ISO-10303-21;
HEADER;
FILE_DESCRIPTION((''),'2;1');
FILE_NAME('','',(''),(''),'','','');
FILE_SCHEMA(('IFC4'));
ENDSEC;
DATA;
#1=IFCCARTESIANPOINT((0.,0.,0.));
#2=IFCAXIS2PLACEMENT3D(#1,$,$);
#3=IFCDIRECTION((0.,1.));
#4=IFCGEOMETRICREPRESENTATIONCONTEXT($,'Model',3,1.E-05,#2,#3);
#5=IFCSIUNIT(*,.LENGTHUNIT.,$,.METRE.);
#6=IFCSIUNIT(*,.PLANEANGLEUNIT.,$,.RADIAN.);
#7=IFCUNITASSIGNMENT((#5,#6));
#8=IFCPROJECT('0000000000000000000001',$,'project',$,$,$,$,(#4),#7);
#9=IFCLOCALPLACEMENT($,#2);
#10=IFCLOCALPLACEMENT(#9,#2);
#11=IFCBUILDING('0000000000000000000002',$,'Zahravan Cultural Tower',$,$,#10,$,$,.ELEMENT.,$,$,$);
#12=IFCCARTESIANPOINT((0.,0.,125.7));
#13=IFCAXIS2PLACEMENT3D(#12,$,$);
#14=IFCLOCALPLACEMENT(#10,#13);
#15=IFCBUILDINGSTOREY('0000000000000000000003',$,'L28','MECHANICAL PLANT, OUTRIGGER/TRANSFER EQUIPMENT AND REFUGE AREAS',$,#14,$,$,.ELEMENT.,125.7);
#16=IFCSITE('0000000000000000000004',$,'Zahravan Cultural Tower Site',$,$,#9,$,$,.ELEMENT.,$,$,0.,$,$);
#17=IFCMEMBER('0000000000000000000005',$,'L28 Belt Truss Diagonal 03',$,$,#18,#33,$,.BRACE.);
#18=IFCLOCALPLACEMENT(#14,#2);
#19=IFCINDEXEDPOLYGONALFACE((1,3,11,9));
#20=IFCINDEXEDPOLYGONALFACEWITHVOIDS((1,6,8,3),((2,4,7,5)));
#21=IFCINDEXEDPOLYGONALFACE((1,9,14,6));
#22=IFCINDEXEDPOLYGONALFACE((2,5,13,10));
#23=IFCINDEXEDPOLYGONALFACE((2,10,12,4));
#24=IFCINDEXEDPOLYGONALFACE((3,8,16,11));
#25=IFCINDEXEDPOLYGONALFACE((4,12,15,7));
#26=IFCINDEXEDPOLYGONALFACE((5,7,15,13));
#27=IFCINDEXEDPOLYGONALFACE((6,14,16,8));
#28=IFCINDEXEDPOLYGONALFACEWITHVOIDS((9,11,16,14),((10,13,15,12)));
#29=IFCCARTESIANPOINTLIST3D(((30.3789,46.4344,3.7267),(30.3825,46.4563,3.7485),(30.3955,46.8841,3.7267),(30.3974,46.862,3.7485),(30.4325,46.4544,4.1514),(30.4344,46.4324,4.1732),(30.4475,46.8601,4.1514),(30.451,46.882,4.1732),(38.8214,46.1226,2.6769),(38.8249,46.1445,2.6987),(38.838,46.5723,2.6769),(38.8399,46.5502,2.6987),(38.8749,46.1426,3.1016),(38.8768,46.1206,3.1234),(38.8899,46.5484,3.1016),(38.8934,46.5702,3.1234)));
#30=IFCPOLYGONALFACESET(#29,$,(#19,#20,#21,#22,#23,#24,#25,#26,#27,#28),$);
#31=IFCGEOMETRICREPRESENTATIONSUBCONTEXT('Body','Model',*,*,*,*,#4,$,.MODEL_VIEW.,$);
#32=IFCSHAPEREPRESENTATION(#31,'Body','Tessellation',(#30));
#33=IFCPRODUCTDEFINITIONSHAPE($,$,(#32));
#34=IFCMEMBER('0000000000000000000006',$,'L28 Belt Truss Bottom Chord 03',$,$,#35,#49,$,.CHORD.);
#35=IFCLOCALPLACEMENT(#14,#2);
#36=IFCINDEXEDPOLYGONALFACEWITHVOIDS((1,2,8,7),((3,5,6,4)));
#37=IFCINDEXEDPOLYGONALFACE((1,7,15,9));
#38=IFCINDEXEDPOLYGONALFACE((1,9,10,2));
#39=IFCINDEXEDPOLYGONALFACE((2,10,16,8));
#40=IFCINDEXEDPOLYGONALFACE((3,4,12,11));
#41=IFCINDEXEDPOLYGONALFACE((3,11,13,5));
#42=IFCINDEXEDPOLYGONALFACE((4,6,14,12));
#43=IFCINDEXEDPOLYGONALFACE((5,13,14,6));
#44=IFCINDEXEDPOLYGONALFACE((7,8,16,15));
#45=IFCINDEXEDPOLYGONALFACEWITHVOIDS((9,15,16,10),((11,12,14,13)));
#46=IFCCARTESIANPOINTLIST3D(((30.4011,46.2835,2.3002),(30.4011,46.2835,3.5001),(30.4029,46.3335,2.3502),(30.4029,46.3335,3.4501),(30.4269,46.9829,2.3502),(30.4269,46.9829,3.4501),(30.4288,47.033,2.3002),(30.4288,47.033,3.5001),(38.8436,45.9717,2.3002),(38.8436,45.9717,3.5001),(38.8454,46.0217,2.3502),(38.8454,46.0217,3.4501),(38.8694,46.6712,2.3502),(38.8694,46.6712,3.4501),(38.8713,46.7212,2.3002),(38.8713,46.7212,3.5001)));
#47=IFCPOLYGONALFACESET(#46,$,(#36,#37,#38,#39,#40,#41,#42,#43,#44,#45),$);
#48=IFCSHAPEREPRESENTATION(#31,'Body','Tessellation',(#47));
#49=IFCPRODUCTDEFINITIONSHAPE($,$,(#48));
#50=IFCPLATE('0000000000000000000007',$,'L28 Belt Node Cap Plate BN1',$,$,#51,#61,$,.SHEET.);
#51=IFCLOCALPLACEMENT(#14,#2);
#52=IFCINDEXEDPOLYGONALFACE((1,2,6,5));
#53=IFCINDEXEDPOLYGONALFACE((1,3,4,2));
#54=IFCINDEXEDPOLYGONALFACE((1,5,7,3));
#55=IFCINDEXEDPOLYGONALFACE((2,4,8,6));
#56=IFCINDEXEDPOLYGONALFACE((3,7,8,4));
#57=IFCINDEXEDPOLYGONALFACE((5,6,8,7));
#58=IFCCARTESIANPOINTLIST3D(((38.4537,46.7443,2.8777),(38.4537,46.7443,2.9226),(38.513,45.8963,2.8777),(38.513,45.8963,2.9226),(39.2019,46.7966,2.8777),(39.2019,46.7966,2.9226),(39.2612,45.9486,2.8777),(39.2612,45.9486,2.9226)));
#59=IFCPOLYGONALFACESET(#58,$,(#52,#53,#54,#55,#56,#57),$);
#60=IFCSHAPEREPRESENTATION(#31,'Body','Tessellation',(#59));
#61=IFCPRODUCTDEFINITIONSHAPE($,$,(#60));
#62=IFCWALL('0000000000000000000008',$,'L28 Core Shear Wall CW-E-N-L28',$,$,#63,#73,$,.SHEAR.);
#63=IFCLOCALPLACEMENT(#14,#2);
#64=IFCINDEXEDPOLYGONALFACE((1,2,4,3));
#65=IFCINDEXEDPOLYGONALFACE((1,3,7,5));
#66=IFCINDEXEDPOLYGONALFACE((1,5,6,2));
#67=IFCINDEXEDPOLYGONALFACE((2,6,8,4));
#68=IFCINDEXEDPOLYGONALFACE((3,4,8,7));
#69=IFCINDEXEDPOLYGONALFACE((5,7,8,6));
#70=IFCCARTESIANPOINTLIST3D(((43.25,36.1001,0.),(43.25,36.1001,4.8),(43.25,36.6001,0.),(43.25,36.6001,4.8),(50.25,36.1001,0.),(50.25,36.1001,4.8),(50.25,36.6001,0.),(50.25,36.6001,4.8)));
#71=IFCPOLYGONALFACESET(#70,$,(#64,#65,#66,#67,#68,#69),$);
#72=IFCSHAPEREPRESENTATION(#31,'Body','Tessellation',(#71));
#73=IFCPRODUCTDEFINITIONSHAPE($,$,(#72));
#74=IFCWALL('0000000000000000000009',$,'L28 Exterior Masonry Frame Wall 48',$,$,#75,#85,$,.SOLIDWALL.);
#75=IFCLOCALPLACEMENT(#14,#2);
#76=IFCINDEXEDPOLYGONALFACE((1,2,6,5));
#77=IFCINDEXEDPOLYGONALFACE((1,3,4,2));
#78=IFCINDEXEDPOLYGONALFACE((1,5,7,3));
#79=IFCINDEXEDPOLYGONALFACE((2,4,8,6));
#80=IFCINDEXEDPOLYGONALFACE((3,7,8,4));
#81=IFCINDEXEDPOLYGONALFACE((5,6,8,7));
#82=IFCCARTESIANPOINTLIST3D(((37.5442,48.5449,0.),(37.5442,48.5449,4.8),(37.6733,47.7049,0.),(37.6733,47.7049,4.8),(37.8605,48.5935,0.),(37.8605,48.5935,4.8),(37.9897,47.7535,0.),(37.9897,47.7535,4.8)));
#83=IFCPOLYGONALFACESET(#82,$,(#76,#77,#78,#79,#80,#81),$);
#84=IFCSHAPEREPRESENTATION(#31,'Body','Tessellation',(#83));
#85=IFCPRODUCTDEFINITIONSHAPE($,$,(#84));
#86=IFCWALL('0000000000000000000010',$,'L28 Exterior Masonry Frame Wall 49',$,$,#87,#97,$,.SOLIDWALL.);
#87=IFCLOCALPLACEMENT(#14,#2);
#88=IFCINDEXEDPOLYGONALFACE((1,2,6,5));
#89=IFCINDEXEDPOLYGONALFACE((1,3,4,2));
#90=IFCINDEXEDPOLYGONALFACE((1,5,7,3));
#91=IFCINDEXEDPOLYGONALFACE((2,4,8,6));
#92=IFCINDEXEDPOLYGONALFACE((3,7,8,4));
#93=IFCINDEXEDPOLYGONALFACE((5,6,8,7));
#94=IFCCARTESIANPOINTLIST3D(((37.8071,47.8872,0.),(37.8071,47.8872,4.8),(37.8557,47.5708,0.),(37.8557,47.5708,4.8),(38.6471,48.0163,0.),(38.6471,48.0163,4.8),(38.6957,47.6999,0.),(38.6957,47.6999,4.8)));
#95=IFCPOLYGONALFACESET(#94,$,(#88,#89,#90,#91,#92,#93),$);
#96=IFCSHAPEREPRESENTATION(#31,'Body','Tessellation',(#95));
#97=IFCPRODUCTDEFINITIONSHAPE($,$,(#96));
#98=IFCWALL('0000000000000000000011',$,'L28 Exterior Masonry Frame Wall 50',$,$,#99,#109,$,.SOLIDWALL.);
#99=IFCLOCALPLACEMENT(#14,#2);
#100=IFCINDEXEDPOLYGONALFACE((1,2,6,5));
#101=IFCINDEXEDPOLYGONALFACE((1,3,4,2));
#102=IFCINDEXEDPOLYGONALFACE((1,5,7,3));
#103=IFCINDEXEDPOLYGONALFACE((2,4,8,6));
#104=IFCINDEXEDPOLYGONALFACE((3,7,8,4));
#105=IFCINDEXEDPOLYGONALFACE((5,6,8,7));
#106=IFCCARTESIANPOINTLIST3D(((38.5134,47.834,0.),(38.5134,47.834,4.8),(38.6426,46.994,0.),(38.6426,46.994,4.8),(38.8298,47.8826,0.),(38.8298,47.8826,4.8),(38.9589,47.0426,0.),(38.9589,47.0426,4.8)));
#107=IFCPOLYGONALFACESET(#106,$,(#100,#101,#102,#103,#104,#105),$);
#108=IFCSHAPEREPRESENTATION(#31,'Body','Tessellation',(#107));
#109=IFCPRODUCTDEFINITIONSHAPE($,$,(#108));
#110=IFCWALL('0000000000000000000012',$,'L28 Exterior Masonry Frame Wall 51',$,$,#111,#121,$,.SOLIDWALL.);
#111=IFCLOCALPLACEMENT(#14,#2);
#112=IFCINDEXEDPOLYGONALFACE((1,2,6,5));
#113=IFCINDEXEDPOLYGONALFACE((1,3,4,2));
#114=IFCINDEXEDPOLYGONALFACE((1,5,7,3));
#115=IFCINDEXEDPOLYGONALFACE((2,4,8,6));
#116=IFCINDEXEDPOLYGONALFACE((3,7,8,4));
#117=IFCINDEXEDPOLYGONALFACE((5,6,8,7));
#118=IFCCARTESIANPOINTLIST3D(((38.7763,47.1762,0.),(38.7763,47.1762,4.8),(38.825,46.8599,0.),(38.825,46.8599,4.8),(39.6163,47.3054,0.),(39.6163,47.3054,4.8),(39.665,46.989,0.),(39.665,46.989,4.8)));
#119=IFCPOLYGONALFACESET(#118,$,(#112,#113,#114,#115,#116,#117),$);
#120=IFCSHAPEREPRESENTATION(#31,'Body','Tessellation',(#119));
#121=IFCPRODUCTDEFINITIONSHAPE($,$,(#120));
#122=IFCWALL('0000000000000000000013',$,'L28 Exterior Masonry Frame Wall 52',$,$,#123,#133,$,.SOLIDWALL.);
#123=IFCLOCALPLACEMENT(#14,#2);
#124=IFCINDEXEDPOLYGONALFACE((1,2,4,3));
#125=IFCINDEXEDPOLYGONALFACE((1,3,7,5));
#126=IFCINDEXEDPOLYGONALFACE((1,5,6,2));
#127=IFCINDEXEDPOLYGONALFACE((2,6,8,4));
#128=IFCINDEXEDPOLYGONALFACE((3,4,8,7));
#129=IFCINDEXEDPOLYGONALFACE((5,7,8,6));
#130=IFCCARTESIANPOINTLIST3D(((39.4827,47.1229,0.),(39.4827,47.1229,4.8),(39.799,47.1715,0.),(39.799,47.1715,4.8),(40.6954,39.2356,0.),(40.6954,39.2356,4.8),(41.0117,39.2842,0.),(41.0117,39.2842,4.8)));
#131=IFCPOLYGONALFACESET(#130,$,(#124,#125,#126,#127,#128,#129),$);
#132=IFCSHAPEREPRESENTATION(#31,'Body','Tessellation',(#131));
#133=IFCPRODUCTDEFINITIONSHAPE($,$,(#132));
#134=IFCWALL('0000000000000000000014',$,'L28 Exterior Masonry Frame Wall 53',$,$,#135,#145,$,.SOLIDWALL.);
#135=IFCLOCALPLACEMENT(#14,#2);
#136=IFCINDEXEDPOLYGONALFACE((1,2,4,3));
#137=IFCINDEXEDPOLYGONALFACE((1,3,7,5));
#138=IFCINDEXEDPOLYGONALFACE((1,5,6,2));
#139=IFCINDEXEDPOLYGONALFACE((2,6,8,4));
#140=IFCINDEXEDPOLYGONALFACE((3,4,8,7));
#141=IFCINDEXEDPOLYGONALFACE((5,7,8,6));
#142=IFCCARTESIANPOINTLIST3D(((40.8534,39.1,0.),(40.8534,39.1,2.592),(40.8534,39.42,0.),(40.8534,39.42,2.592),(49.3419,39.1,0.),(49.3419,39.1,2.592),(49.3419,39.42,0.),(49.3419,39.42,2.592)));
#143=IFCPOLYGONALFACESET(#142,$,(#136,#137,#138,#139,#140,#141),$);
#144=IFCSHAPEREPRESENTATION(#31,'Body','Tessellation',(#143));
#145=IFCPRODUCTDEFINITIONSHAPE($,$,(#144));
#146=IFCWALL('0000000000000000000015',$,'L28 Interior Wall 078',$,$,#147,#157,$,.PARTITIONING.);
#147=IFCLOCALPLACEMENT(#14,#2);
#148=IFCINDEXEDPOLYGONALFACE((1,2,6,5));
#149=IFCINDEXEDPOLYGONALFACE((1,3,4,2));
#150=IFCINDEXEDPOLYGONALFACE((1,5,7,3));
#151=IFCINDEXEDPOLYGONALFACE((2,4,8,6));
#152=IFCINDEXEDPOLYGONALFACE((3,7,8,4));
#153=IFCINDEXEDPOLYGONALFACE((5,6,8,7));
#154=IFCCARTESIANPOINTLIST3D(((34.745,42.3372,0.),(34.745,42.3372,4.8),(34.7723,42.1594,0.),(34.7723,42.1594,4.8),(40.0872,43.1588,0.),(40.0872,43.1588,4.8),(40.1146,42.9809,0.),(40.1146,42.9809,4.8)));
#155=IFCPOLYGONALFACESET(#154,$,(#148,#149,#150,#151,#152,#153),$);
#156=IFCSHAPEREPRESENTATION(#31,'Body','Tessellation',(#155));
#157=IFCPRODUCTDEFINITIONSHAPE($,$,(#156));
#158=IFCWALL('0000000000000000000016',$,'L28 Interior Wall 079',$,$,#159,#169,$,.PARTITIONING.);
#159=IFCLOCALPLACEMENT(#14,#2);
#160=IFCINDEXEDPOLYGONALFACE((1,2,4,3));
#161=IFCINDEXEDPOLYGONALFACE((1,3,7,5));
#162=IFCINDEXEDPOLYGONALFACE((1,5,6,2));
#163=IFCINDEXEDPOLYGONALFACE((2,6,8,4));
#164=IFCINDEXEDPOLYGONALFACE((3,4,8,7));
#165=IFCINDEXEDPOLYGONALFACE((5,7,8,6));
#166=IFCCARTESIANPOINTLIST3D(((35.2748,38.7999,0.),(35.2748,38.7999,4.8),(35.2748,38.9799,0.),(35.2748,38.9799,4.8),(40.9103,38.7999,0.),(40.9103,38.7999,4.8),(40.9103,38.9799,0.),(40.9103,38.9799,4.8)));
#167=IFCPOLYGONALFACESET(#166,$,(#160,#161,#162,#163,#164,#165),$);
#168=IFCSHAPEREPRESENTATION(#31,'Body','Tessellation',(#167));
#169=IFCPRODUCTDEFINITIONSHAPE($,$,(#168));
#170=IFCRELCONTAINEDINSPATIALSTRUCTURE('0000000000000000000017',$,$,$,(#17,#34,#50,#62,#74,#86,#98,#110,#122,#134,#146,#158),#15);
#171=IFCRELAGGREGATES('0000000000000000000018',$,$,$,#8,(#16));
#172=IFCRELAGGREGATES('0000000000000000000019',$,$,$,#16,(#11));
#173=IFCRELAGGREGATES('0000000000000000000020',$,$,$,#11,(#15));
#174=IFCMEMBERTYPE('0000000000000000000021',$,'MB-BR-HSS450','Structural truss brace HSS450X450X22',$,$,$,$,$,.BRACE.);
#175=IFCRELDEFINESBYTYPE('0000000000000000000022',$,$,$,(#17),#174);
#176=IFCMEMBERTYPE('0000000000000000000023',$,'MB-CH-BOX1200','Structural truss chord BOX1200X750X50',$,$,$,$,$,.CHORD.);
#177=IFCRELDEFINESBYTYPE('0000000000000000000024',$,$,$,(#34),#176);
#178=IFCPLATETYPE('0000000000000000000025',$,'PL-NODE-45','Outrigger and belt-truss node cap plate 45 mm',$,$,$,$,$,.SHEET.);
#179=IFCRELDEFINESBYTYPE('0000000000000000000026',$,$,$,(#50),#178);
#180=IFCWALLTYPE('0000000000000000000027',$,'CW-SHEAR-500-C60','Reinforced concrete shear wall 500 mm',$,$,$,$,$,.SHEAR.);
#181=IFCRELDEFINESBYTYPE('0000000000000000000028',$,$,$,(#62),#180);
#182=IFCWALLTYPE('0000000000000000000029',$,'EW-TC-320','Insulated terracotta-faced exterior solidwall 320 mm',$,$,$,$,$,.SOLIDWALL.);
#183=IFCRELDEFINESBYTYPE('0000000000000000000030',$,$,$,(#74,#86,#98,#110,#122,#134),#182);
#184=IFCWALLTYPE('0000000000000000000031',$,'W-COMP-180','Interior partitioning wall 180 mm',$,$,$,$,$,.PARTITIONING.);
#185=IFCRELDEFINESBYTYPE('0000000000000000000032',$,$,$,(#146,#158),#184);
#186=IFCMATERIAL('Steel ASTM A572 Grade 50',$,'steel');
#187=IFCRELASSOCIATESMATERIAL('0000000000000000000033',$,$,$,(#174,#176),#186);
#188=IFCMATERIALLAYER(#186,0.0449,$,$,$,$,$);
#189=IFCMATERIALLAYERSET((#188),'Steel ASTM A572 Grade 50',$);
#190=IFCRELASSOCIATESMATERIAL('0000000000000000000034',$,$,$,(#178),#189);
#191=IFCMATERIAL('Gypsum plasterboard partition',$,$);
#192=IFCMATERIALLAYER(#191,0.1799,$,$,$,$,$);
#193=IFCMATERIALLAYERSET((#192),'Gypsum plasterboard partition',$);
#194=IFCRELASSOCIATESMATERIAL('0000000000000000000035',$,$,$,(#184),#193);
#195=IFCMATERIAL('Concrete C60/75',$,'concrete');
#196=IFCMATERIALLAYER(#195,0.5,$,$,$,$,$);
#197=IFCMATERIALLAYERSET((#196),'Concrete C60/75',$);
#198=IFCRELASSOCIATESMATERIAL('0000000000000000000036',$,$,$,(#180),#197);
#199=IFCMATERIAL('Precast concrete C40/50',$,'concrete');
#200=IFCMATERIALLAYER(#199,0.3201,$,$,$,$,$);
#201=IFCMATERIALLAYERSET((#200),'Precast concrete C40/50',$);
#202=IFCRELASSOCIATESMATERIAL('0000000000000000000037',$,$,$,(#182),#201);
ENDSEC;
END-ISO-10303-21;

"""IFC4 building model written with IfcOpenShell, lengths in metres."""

from ifc_helpers import new_model, si_unit, direction, frame, frame_2d, origin, origin_2d, place, context, subcontext, project, spatial, rectangle, hollow_rectangle, extrude, source, transform, mapped, material, layer, layer_set, material_profile, profile_set, type_object, element, save


model = new_model("IFC4")

# Units and contexts
model_context = context("Model", 3, precision=1e-05, world=origin(), true_north=direction((0.0, 1.0)))
body_context = subcontext(model_context, "Body", "Model", "MODEL_VIEW")
ifc_project = project(units=[si_unit("LENGTHUNIT", "METRE"), si_unit("PLANEANGLEUNIT", "RADIAN")], contexts=[model_context])

# Site, building, storey
site_placement = place(None, origin())
site = spatial("IfcSite", under=ifc_project, at=site_placement, Name="Zahravan Cultural Tower Site", CompositionType="ELEMENT", RefElevation=0.0)
building_placement = place(site_placement, origin())
building = spatial("IfcBuilding", under=site, at=building_placement, Name="Zahravan Cultural Tower", CompositionType="ELEMENT")
storey_placement = place(building_placement, frame((0.0, 0.0, 125.7)))
storey = spatial("IfcBuildingStorey", under=building, at=storey_placement, Name="L28", Description="MECHANICAL PLANT, OUTRIGGER/TRANSFER EQUIPMENT AND REFUGE AREAS", CompositionType="ELEMENT", Elevation=125.7)

# Members
ifc_material_1 = material(Name="Steel ASTM A572 Grade 50", Category="steel")
ifc_material_profile_1 = material_profile(ifc_material_1, hollow_rectangle(XDim=0.45, YDim=0.45, WallThickness=0.022, at=origin_2d()), Name="HSS450X450X22")
ifc_profile_set_1 = profile_set([ifc_material_profile_1], Name="Steel ASTM A572 Grade 50")
member_type_1 = type_object("IfcMemberType", Name="MB-BR-HSS450", Description="Structural truss brace HSS450X450X22", PredefinedType="BRACE", material=ifc_profile_set_1)
shared_shape_1 = source(origin(), body_context, "Body", "SweptSolid", [
    extrude(hollow_rectangle(XDim=0.45, YDim=0.45, WallThickness=0.022, at=origin_2d()), origin(), (0.0, 0.0, 1.0), 8.5132),
])
member_1_placement = place(storey_placement, frame((38.8574, 46.3464, 2.9001), z_axis=(-0.991691, 0.036622, 0.123316), x_axis=(-0.036904, -0.999319, 0.0)))
element("IfcMember", 1, at=member_1_placement, inside=storey, type_object=member_type_1, Name="L28 Belt Truss Diagonal 03", PredefinedType="BRACE", context=body_context, shape_type="MappedRepresentation", body=[
    mapped(shared_shape_1, transform((0.0, 0.0, 0.0), x_axis=(1.0, 0.0, 0.0), y_axis=(0.0, 1.0, 0.0), z_axis=(0.0, 0.0, 1.0), scale=1.0)),
])
ifc_material_profile_2 = material_profile(ifc_material_1, hollow_rectangle(XDim=0.75, YDim=1.2, WallThickness=0.05, at=origin_2d()), Name="BOX1200X750X50")
ifc_profile_set_2 = profile_set([ifc_material_profile_2], Name="Steel ASTM A572 Grade 50")
member_type_2 = type_object("IfcMemberType", Name="MB-CH-BOX1200", Description="Structural truss chord BOX1200X750X50", PredefinedType="CHORD", material=ifc_profile_set_2)
shared_shape_2 = source(origin(), body_context, "Body", "SweptSolid", [
    extrude(hollow_rectangle(XDim=0.75, YDim=1.2, WallThickness=0.05, at=origin_2d()), origin(), (0.0, 0.0, 1.0), 8.4482),
])
member_2_placement = place(storey_placement, frame((38.8574, 46.3464, 2.9001), z_axis=(-0.999319, 0.036904, 0.0), x_axis=(-0.036904, -0.999319, 0.0)))
element("IfcMember", 2, at=member_2_placement, inside=storey, type_object=member_type_2, Name="L28 Belt Truss Bottom Chord 03", PredefinedType="CHORD", context=body_context, shape_type="MappedRepresentation", body=[
    mapped(shared_shape_2, transform((0.0, 0.0, 0.0), x_axis=(1.0, 0.0, 0.0), y_axis=(0.0, 1.0, 0.0), z_axis=(0.0, 0.0, 1.0), scale=1.0)),
])

# Plate
ifc_layer_1 = layer(ifc_material_1, 0.0449)
ifc_layer_set_1 = layer_set([ifc_layer_1], Name="Steel ASTM A572 Grade 50")
plate_type = type_object("IfcPlateType", Name="PL-NODE-45", Description="Outrigger and belt-truss node cap plate 45 mm", PredefinedType="SHEET", material=ifc_layer_set_1)
shared_shape_3 = source(origin(), body_context, "Body", "SweptSolid", [
    extrude(rectangle(XDim=0.8501, YDim=0.75, at=origin_2d()), origin(), (0.0, 0.0, 1.0), 0.0449),
])
plate_placement = place(storey_placement, frame((38.8574, 46.3464, 2.8777), z_axis=(0.0, 0.0, 1.0), x_axis=(-0.069756, 0.997564, 0.0)))
element("IfcPlate", 3, at=plate_placement, inside=storey, type_object=plate_type, Name="L28 Belt Node Cap Plate BN1", PredefinedType="SHEET", context=body_context, shape_type="MappedRepresentation", body=[
    mapped(shared_shape_3, transform((0.0, 0.0, 0.0), x_axis=(1.0, 0.0, 0.0), y_axis=(0.0, 1.0, 0.0), z_axis=(0.0, 0.0, 1.0), scale=1.0)),
])

# Shared definitions
ifc_material_2 = material(Name="Gypsum plasterboard partition")
ifc_layer_2 = layer(ifc_material_2, 0.1799)
ifc_layer_set_2 = layer_set([ifc_layer_2], Name="Gypsum plasterboard partition")
wall_type_1 = type_object("IfcWallType", Name="W-COMP-180", Description="Interior partitioning wall 180 mm", PredefinedType="PARTITIONING", material=ifc_layer_set_2)

# Walls
ifc_material_3 = material(Name="Concrete C60/75", Category="concrete")
ifc_layer_3 = layer(ifc_material_3, 0.5)
ifc_layer_set_3 = layer_set([ifc_layer_3], Name="Concrete C60/75")
wall_type_2 = type_object("IfcWallType", Name="CW-SHEAR-500-C60", Description="Reinforced concrete shear wall 500 mm", PredefinedType="SHEAR", material=ifc_layer_set_3)
shared_shape_4 = source(origin(), body_context, "Body", "SweptSolid", [
    extrude(rectangle(XDim=7.0, YDim=0.5, at=frame_2d((3.5, 0.0))), origin(), (0.0, 0.0, 1.0), 4.8),
])
wall_1_placement = place(storey_placement, frame((43.25, 36.3501, 0.0), z_axis=(0.0, 0.0, 1.0), x_axis=(1.0, 0.0, 0.0)))
element("IfcWall", 4, at=wall_1_placement, inside=storey, type_object=wall_type_2, Name="L28 Core Shear Wall CW-E-N-L28", PredefinedType="SHEAR", context=body_context, shape_type="MappedRepresentation", body=[
    mapped(shared_shape_4, transform((0.0, 0.0, 0.0), x_axis=(1.0, 0.0, 0.0), y_axis=(0.0, 1.0, 0.0), z_axis=(0.0, 0.0, 1.0), scale=1.0)),
])
ifc_material_4 = material(Name="Precast concrete C40/50", Category="concrete")
ifc_layer_4 = layer(ifc_material_4, 0.3201)
ifc_layer_set_4 = layer_set([ifc_layer_4], Name="Precast concrete C40/50")
wall_type_3 = type_object("IfcWallType", Name="EW-TC-320", Description="Insulated terracotta-faced exterior solidwall 320 mm", PredefinedType="SOLIDWALL", material=ifc_layer_set_4)
shared_shape_5 = source(origin(), body_context, "Body", "SweptSolid", [
    extrude(rectangle(XDim=0.8499, YDim=0.3201, at=frame_2d((0.4248, 0.0))), origin(), (0.0, 0.0, 1.0), 4.8),
])
for number, where, z_axis, x_axis, name in (
    (5, (37.7024, 48.5691, 0.0), (0.0, 0.0, 1.0), (0.151949, -0.988388, 0.0), "L28 Exterior Masonry Frame Wall 48"),
    (6, (37.8315, 47.729, 0.0), (0.0, 0.0, 1.0), (0.988388, 0.151949, 0.0), "L28 Exterior Masonry Frame Wall 49"),
    (7, (38.6716, 47.8582, 0.0), (0.0, 0.0, 1.0), (0.151949, -0.988388, 0.0), "L28 Exterior Masonry Frame Wall 50"),
    (8, (38.8008, 47.0181, 0.0), (0.0, 0.0, 1.0), (0.988388, 0.151949, 0.0), "L28 Exterior Masonry Frame Wall 51"),
):
    element("IfcWall", number, at=place(storey_placement, frame(where, z_axis=z_axis, x_axis=x_axis)), inside=storey, type_object=wall_type_3, Name=name, PredefinedType="SOLIDWALL", context=body_context, shape_type="MappedRepresentation", body=[
        mapped(shared_shape_5, transform((0.0, 0.0, 0.0), x_axis=(1.0, 0.0, 0.0), y_axis=(0.0, 1.0, 0.0), z_axis=(0.0, 0.0, 1.0), scale=1.0)),
    ])
shared_shape_6 = source(origin(), body_context, "Body", "SweptSolid", [
    extrude(rectangle(XDim=7.98, YDim=0.3201, at=frame_2d((3.99, 0.0))), origin(), (0.0, 0.0, 1.0), 4.8),
])
wall_2_placement = place(storey_placement, frame((39.6409, 47.1472, 0.0), z_axis=(0.0, 0.0, 1.0), x_axis=(0.151963, -0.988386, 0.0)))
element("IfcWall", 9, at=wall_2_placement, inside=storey, type_object=wall_type_3, Name="L28 Exterior Masonry Frame Wall 52", PredefinedType="SOLIDWALL", context=body_context, shape_type="MappedRepresentation", body=[
    mapped(shared_shape_6, transform((0.0, 0.0, 0.0), x_axis=(1.0, 0.0, 0.0), y_axis=(0.0, 1.0, 0.0), z_axis=(0.0, 0.0, 1.0), scale=1.0)),
])
shared_shape_7 = source(origin(), body_context, "Body", "SweptSolid", [
    extrude(rectangle(XDim=8.4885, YDim=0.3201, at=frame_2d((4.2441, 0.0))), origin(), (0.0, 0.0, 1.0), 2.592),
])
wall_3_placement = place(storey_placement, frame((40.8535, 39.26, 0.0), z_axis=(0.0, 0.0, 1.0), x_axis=(1.0, 0.0, 0.0)))
element("IfcWall", 10, at=wall_3_placement, inside=storey, type_object=wall_type_3, Name="L28 Exterior Masonry Frame Wall 53", PredefinedType="SOLIDWALL", context=body_context, shape_type="MappedRepresentation", body=[
    mapped(shared_shape_7, transform((0.0, 0.0, 0.0), x_axis=(1.0, 0.0, 0.0), y_axis=(0.0, 1.0, 0.0), z_axis=(0.0, 0.0, 1.0), scale=1.0)),
])
shared_shape_8 = source(origin(), body_context, "Body", "SweptSolid", [
    extrude(rectangle(XDim=5.405, YDim=0.1799, at=frame_2d((2.7026, 0.0))), origin(), (0.0, 0.0, 1.0), 4.8),
])
wall_4_placement = place(storey_placement, frame((34.7585, 42.2483, 0.0), z_axis=(0.0, 0.0, 1.0), x_axis=(0.988382, 0.151993, 0.0)))
element("IfcWall", 11, at=wall_4_placement, inside=storey, type_object=wall_type_1, Name="L28 Interior Wall 078", PredefinedType="PARTITIONING", context=body_context, shape_type="MappedRepresentation", body=[
    mapped(shared_shape_8, transform((0.0, 0.0, 0.0), x_axis=(1.0, 0.0, 0.0), y_axis=(0.0, 1.0, 0.0), z_axis=(0.0, 0.0, 1.0), scale=1.0)),
])
shared_shape_9 = source(origin(), body_context, "Body", "SweptSolid", [
    extrude(rectangle(XDim=5.6355, YDim=0.1799, at=frame_2d((2.8179, 0.0))), origin(), (0.0, 0.0, 1.0), 4.8),
])
wall_5_placement = place(storey_placement, frame((40.9104, 38.8899, 0.0), z_axis=(0.0, 0.0, 1.0), x_axis=(-1.0, 0.0, 0.0)))
element("IfcWall", 12, at=wall_5_placement, inside=storey, type_object=wall_type_1, Name="L28 Interior Wall 079", PredefinedType="PARTITIONING", context=body_context, shape_type="MappedRepresentation", body=[
    mapped(shared_shape_9, transform((0.0, 0.0, 0.0), x_axis=(1.0, 0.0, 0.0), y_axis=(0.0, 1.0, 0.0), z_axis=(0.0, 0.0, 1.0), scale=1.0)),
])

save(model, "model.ifc")
